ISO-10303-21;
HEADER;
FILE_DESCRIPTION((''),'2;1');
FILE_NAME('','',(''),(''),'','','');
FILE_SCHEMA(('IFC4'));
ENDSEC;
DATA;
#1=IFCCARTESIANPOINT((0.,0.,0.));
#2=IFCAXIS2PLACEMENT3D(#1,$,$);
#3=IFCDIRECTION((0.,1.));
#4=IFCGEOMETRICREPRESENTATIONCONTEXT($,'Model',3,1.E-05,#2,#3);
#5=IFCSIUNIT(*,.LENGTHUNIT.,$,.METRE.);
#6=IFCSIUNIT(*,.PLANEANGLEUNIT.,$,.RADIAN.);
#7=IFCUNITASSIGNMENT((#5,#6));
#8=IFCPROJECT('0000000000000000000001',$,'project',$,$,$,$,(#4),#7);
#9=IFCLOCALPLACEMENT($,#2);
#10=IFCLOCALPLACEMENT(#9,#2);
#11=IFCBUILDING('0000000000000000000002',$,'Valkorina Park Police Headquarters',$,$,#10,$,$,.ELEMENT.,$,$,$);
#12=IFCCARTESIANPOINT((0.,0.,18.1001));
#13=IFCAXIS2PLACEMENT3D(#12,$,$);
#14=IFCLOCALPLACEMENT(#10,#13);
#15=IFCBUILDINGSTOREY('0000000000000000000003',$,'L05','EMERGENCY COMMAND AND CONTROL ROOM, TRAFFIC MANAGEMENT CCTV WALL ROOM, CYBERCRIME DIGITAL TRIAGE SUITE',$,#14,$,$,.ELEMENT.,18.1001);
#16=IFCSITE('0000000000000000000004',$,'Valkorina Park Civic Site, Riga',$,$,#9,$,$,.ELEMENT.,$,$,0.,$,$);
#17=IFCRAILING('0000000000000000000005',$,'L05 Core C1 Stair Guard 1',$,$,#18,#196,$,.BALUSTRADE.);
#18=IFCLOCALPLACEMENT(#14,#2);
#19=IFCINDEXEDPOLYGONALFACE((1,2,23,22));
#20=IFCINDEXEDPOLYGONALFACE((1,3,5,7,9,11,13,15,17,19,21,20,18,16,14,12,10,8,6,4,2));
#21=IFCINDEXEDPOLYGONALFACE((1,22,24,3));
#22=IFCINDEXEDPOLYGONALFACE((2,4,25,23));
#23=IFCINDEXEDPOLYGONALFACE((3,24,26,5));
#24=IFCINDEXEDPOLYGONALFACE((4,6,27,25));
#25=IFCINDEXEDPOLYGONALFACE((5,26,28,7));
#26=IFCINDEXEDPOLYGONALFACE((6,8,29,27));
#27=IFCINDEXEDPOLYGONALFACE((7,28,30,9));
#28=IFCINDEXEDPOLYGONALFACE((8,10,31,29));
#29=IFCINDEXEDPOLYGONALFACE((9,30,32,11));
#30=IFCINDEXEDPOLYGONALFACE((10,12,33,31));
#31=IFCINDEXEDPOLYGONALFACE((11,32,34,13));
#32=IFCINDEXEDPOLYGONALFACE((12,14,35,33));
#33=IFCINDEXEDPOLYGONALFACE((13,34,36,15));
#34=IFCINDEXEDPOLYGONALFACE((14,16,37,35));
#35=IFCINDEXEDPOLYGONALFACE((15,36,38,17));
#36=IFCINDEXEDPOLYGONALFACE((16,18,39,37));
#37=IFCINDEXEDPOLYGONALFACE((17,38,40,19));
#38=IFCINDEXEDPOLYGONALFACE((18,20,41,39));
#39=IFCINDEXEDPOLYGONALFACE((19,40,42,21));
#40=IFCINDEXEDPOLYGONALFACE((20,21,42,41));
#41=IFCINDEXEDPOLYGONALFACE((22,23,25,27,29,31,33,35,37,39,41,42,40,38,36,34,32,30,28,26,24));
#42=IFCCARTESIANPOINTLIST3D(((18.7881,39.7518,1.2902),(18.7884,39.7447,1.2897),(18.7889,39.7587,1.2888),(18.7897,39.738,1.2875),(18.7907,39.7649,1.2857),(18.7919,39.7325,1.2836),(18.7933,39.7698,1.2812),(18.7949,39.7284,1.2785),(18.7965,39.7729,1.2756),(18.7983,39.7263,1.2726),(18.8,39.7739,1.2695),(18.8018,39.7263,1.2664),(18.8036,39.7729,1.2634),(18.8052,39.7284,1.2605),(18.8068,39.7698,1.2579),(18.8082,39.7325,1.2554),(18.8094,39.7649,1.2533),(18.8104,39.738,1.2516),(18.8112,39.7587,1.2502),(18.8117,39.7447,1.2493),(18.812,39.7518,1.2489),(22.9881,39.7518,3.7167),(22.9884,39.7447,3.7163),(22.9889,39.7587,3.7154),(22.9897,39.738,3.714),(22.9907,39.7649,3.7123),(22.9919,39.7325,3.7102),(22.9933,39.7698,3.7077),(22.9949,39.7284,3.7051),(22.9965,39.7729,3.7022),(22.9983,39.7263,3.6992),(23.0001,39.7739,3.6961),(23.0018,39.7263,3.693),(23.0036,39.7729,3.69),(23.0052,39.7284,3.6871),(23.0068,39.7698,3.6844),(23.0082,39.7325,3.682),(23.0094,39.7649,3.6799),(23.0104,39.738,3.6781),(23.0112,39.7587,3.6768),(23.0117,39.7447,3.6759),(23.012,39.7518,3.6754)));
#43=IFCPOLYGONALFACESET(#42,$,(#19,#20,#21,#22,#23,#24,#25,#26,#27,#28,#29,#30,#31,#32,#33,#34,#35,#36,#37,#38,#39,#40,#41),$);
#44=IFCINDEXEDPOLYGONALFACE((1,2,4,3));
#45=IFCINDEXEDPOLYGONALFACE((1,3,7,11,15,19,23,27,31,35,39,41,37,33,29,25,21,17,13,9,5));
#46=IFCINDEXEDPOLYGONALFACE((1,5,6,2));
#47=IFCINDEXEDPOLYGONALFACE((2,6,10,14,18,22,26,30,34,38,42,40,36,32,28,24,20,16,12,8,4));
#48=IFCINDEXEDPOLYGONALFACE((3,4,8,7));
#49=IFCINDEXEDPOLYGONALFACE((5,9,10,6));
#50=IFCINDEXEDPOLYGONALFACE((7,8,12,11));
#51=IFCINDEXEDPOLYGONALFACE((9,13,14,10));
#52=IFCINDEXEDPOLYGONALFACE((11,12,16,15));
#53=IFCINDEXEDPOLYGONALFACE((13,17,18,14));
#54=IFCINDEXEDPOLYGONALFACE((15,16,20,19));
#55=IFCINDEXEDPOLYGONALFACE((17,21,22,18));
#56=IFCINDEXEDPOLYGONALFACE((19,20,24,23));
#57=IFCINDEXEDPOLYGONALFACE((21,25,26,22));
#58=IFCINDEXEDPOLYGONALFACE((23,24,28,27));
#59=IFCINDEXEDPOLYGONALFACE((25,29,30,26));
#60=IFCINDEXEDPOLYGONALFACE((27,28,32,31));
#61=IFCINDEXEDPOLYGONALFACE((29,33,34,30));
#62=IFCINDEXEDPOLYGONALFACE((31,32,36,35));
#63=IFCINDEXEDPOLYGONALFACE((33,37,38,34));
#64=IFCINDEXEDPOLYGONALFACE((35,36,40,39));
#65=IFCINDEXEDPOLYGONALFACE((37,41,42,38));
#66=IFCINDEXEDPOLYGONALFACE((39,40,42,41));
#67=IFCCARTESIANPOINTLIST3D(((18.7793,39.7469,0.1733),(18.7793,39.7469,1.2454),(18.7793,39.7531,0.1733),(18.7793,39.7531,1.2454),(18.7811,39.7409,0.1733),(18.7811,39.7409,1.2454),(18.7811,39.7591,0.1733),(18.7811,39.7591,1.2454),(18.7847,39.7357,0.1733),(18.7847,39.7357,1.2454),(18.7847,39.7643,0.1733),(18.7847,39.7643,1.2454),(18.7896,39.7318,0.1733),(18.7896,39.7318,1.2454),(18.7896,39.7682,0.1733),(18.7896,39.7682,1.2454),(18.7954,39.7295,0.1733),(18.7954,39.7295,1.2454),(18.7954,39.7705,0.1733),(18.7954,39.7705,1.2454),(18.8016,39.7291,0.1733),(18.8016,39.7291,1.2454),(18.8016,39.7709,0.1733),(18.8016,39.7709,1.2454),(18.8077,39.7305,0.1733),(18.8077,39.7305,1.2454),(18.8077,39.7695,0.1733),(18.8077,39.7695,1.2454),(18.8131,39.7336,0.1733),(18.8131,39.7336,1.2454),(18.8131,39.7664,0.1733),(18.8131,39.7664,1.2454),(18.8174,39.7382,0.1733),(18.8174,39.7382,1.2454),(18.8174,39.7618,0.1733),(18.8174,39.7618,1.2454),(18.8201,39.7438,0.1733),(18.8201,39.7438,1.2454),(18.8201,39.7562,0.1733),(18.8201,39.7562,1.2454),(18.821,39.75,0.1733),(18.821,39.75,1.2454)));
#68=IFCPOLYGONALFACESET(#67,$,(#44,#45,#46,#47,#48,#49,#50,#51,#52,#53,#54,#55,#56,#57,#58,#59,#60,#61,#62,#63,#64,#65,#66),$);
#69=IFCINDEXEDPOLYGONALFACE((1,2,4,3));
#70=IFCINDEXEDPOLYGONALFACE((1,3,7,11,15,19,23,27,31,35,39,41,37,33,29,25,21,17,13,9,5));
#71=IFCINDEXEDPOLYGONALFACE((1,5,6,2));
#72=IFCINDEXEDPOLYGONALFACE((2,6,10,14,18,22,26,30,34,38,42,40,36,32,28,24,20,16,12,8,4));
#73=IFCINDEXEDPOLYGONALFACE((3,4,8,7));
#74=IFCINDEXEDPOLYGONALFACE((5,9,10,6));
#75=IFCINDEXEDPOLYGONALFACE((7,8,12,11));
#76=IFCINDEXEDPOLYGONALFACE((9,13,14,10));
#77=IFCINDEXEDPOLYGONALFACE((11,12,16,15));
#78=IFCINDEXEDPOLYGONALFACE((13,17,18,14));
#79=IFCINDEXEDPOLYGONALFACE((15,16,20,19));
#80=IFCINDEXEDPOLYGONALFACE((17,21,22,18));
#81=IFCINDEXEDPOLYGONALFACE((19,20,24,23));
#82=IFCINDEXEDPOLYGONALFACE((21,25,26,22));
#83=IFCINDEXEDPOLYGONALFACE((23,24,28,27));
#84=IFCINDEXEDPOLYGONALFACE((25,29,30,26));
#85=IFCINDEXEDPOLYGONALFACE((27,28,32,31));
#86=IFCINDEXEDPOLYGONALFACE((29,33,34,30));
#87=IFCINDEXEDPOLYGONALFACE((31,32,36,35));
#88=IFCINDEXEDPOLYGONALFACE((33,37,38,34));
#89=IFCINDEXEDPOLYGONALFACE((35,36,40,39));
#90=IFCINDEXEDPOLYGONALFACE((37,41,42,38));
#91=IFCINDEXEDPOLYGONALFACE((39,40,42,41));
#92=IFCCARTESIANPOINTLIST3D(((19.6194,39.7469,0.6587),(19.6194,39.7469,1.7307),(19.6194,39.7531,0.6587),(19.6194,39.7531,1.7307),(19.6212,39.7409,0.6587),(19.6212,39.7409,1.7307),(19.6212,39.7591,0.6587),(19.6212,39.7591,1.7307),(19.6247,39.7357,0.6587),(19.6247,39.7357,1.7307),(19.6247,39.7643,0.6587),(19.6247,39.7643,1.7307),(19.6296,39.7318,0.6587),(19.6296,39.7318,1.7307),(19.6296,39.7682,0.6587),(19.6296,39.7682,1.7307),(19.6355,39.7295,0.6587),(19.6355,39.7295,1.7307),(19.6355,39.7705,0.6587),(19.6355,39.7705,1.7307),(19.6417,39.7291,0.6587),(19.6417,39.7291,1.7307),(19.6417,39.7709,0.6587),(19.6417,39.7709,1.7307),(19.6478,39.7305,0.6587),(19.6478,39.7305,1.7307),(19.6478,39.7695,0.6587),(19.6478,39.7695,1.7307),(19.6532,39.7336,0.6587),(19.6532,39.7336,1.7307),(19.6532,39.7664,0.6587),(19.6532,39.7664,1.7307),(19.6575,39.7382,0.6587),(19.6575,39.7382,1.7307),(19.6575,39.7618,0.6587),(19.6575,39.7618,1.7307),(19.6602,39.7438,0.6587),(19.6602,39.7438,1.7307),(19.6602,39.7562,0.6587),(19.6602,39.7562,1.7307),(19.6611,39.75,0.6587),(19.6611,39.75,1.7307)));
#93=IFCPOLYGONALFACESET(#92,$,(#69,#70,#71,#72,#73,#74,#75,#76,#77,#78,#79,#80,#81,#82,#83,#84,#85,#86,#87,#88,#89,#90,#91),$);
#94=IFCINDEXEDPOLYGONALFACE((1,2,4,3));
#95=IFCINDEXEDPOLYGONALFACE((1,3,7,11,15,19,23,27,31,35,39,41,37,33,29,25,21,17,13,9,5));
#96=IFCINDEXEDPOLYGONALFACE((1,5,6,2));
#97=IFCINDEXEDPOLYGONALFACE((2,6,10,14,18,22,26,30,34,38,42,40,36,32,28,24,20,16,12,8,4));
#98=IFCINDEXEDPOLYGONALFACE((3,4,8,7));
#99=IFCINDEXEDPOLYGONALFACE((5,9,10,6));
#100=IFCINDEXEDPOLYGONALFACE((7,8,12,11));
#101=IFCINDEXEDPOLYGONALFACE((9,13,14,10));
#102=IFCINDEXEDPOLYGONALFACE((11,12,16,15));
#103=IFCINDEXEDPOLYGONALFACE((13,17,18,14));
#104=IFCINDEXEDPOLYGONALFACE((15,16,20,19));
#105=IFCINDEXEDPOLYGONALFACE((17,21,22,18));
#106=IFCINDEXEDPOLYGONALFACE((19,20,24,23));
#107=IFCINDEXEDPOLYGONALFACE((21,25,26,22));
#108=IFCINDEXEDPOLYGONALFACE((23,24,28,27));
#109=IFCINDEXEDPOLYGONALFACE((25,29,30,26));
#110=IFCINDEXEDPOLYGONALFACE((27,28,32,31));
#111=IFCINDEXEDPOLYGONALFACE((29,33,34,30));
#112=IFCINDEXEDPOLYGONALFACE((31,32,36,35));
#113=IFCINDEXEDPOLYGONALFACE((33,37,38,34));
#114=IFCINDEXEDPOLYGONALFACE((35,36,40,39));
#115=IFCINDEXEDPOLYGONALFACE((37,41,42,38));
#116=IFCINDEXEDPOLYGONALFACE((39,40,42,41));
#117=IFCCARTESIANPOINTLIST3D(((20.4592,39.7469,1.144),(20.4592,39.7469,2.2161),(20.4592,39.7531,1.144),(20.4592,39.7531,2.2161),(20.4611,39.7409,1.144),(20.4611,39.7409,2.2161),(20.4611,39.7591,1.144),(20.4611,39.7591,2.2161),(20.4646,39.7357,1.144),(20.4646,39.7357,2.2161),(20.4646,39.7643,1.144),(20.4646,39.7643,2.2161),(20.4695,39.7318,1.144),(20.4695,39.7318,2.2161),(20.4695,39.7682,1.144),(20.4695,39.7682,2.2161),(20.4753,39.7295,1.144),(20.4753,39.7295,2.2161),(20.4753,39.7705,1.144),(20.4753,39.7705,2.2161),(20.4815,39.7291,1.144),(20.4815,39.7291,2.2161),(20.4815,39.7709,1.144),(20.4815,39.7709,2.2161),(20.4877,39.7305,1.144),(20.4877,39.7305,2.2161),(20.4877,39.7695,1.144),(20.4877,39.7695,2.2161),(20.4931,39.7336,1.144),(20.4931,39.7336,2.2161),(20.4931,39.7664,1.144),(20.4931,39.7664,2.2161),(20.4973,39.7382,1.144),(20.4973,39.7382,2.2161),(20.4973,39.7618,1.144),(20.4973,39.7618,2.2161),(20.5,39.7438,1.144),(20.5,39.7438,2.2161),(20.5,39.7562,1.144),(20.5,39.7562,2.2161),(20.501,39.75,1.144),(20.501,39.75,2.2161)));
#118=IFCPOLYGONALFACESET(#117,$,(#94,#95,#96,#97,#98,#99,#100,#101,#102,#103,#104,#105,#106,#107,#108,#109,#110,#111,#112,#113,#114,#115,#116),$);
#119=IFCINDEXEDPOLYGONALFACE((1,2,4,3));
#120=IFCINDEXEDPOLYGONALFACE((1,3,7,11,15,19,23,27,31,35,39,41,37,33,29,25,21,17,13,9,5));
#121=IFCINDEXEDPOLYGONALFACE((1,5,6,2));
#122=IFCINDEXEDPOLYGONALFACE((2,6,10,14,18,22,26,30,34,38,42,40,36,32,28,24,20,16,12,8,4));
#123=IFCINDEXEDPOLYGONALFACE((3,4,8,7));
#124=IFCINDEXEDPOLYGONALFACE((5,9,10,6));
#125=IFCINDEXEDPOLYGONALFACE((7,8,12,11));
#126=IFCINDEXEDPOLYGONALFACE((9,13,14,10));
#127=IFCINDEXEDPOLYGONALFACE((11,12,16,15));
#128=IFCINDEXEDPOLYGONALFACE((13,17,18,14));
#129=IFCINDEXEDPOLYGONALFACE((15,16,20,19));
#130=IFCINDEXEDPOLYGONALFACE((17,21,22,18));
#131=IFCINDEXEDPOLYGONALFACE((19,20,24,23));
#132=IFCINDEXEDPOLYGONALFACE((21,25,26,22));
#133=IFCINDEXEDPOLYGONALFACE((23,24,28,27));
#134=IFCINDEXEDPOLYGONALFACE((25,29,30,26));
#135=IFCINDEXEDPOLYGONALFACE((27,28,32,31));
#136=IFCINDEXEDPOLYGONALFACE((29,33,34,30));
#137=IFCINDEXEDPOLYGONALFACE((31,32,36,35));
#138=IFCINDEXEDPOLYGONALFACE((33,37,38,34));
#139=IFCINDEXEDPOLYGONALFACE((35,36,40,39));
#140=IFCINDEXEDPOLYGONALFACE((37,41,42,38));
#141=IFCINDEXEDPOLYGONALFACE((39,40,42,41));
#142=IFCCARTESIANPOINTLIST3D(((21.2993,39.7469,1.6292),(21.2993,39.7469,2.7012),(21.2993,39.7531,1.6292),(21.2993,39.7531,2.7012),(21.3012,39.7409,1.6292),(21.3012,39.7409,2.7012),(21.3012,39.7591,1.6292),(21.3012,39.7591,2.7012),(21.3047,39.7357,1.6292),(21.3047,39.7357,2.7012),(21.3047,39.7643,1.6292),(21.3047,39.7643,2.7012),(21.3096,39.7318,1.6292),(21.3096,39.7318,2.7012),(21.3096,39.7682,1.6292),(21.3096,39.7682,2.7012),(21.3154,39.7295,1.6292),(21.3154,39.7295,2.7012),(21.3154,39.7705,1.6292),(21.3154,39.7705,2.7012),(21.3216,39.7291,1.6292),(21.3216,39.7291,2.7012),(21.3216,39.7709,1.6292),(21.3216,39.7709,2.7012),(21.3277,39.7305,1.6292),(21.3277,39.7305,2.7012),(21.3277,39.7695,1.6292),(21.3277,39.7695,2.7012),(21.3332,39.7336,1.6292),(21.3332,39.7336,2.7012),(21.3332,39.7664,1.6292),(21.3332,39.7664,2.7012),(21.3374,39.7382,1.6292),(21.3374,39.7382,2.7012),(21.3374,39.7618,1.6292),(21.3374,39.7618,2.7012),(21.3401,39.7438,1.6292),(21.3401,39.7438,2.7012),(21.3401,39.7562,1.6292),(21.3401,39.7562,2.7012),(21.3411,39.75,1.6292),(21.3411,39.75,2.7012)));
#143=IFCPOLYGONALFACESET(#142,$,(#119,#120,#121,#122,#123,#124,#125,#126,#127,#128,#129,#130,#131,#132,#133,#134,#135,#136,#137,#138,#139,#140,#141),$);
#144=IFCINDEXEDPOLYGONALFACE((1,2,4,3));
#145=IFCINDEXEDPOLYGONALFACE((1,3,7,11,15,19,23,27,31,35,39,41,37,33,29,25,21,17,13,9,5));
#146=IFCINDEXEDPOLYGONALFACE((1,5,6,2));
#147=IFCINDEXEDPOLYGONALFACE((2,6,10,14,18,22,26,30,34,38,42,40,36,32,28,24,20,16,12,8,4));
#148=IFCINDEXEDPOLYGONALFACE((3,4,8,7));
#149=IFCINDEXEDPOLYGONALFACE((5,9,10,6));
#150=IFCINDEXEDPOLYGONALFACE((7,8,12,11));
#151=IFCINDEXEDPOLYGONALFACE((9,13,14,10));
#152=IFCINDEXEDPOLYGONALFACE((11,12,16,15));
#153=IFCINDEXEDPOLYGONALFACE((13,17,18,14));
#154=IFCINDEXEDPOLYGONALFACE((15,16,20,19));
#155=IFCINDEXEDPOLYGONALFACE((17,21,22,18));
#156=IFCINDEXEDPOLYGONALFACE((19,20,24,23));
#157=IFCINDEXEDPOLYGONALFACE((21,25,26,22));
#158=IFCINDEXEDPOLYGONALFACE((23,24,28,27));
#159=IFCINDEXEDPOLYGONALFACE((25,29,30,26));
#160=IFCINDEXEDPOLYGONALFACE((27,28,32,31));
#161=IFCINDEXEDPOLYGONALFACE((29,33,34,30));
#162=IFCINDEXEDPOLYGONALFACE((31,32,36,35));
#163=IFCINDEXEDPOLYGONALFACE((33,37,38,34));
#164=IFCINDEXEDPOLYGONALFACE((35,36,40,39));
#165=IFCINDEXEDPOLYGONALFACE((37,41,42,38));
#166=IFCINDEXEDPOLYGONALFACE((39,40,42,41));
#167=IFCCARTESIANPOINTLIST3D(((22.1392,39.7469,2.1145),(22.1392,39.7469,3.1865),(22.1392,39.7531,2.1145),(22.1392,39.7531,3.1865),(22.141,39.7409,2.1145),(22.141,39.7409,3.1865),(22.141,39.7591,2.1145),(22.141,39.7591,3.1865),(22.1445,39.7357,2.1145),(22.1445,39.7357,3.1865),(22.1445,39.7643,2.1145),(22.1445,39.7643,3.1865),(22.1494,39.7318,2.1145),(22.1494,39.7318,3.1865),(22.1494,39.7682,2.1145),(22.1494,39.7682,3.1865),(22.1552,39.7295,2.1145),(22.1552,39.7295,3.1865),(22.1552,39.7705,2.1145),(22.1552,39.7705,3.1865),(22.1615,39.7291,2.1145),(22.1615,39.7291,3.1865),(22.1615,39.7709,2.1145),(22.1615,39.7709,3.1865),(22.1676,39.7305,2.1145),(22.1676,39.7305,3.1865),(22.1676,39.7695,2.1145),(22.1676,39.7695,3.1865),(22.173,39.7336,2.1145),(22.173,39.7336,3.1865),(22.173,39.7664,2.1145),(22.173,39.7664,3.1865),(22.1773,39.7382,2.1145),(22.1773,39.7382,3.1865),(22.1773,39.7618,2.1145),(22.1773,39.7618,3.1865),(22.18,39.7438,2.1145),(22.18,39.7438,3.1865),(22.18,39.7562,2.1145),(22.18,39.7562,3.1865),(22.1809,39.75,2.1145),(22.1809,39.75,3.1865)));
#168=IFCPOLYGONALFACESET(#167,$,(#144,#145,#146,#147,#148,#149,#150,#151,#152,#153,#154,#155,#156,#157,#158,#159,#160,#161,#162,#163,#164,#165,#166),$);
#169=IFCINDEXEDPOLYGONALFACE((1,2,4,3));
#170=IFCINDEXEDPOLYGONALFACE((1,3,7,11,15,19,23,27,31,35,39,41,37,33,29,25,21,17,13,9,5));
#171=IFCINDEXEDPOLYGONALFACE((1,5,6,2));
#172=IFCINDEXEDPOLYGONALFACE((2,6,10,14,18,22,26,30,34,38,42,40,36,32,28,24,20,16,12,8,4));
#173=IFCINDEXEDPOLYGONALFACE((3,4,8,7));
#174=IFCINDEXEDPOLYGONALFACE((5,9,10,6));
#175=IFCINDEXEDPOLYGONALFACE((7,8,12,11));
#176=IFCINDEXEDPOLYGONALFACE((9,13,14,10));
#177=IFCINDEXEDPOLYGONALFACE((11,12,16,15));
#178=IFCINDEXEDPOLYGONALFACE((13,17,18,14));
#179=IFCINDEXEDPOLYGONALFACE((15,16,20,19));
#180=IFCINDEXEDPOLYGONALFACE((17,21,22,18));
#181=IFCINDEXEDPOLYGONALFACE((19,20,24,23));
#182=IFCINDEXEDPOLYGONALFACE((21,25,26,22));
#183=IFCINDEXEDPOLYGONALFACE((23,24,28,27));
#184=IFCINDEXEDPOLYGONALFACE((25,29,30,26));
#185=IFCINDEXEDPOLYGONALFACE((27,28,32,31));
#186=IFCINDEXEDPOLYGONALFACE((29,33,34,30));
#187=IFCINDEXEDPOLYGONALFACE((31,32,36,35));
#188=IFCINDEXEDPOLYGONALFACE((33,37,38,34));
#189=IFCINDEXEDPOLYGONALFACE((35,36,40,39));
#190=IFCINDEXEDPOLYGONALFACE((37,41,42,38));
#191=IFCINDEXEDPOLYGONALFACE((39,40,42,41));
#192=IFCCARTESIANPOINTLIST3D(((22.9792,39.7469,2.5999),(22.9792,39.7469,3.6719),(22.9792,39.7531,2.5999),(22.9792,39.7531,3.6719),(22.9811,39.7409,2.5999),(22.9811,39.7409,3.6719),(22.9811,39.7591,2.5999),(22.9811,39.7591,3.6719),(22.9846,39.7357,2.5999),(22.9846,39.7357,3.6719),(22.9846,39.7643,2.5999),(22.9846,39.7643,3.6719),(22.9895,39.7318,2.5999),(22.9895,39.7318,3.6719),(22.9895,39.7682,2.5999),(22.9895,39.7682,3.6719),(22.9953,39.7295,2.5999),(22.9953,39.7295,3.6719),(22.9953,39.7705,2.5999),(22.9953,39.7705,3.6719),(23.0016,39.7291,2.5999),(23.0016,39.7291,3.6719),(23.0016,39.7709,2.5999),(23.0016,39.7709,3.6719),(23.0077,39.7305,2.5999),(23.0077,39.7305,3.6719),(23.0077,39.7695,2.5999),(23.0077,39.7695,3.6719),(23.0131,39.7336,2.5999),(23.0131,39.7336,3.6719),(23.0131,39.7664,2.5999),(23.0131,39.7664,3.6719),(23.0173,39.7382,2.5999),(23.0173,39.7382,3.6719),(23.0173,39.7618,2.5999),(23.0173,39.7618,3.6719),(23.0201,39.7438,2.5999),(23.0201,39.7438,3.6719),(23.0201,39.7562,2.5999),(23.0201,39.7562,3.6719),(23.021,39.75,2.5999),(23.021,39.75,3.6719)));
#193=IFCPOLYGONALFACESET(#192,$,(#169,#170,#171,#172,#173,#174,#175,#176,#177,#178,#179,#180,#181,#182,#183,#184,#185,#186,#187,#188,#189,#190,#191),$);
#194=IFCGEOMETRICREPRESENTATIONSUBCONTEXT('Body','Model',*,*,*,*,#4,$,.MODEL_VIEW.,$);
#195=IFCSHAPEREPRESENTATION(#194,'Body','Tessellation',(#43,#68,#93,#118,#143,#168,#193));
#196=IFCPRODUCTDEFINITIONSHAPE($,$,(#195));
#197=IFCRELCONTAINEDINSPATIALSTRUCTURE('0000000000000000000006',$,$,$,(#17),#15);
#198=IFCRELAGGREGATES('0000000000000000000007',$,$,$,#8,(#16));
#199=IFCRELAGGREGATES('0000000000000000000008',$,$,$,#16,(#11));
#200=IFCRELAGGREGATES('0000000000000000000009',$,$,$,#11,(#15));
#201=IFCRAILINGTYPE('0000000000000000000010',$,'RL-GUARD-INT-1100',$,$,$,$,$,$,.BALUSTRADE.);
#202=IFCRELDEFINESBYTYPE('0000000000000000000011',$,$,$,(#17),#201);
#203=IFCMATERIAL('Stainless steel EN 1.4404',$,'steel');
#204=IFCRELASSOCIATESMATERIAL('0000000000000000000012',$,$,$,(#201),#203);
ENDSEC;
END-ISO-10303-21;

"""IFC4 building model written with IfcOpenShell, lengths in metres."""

from ifc_helpers import new_model, si_unit, direction, frame, origin, origin_2d, place, context, subcontext, project, spatial, circle, extrude, material, type_object, element, save


model = new_model("IFC4")

# Units and contexts
model_context = context("Model", 3, precision=1e-05, world=origin(), true_north=direction((0.0, 1.0)))
body_context = subcontext(model_context, "Body", "Model", "MODEL_VIEW")
ifc_project = project(units=[si_unit("LENGTHUNIT", "METRE"), si_unit("PLANEANGLEUNIT", "RADIAN")], contexts=[model_context])

# Site, building, storey
site_placement = place(None, origin())
site = spatial("IfcSite", under=ifc_project, at=site_placement, Name="Valkorina Park Civic Site, Riga", CompositionType="ELEMENT", RefElevation=0.0)
building_placement = place(site_placement, origin())
building = spatial("IfcBuilding", under=site, at=building_placement, Name="Valkorina Park Police Headquarters", CompositionType="ELEMENT")
storey_placement = place(building_placement, frame((0.0, 0.0, 18.1001)))
storey = spatial("IfcBuildingStorey", under=building, at=storey_placement, Name="L05", Description="EMERGENCY COMMAND AND CONTROL ROOM, TRAFFIC MANAGEMENT CCTV WALL ROOM, CYBERCRIME DIGITAL TRIAGE SUITE", CompositionType="ELEMENT", Elevation=18.1001)

# Railing
ifc_material_1 = material(Name="Stainless steel EN 1.4404", Category="steel")
railing_type_1 = type_object("IfcRailingType", Name="RL-GUARD-INT-1100", PredefinedType="BALUSTRADE", material=ifc_material_1)
railing_1_placement = place(storey_placement, frame((18.8, 39.75, 0.1733)))
element("IfcRailing", 1, at=railing_1_placement, inside=storey, type_object=railing_type_1, Name="L05 Core C1 Stair Guard 1", PredefinedType="BALUSTRADE", context=body_context, shape_type="SweptSolid", body=[
    extrude(circle(Radius=0.0239, at=origin_2d()), frame((0.0, 0.0, 1.0962), z_axis=(0.865876, 0.0, 0.500258), x_axis=(0.0, 1.0, 0.0)), (0.0, 0.0, 1.0), 4.8506),
    extrude(circle(Radius=0.021, at=origin_2d()), origin(), (0.0, 0.0, 1.0), 1.072),
    extrude(circle(Radius=0.021, at=origin_2d()), frame((0.8401, 0.0, 0.4854)), (0.0, 0.0, 1.0), 1.072),
    extrude(circle(Radius=0.021, at=origin_2d()), frame((1.6799, 0.0, 0.9707)), (0.0, 0.0, 1.0), 1.072),
    extrude(circle(Radius=0.021, at=origin_2d()), frame((2.52, 0.0, 1.4558)), (0.0, 0.0, 1.0), 1.072),
    extrude(circle(Radius=0.021, at=origin_2d()), frame((3.3599, 0.0, 1.9412)), (0.0, 0.0, 1.0), 1.072),
    extrude(circle(Radius=0.021, at=origin_2d()), frame((4.2, 0.0, 2.4265)), (0.0, 0.0, 1.0), 1.072),
])

save(model, "model.ifc")
